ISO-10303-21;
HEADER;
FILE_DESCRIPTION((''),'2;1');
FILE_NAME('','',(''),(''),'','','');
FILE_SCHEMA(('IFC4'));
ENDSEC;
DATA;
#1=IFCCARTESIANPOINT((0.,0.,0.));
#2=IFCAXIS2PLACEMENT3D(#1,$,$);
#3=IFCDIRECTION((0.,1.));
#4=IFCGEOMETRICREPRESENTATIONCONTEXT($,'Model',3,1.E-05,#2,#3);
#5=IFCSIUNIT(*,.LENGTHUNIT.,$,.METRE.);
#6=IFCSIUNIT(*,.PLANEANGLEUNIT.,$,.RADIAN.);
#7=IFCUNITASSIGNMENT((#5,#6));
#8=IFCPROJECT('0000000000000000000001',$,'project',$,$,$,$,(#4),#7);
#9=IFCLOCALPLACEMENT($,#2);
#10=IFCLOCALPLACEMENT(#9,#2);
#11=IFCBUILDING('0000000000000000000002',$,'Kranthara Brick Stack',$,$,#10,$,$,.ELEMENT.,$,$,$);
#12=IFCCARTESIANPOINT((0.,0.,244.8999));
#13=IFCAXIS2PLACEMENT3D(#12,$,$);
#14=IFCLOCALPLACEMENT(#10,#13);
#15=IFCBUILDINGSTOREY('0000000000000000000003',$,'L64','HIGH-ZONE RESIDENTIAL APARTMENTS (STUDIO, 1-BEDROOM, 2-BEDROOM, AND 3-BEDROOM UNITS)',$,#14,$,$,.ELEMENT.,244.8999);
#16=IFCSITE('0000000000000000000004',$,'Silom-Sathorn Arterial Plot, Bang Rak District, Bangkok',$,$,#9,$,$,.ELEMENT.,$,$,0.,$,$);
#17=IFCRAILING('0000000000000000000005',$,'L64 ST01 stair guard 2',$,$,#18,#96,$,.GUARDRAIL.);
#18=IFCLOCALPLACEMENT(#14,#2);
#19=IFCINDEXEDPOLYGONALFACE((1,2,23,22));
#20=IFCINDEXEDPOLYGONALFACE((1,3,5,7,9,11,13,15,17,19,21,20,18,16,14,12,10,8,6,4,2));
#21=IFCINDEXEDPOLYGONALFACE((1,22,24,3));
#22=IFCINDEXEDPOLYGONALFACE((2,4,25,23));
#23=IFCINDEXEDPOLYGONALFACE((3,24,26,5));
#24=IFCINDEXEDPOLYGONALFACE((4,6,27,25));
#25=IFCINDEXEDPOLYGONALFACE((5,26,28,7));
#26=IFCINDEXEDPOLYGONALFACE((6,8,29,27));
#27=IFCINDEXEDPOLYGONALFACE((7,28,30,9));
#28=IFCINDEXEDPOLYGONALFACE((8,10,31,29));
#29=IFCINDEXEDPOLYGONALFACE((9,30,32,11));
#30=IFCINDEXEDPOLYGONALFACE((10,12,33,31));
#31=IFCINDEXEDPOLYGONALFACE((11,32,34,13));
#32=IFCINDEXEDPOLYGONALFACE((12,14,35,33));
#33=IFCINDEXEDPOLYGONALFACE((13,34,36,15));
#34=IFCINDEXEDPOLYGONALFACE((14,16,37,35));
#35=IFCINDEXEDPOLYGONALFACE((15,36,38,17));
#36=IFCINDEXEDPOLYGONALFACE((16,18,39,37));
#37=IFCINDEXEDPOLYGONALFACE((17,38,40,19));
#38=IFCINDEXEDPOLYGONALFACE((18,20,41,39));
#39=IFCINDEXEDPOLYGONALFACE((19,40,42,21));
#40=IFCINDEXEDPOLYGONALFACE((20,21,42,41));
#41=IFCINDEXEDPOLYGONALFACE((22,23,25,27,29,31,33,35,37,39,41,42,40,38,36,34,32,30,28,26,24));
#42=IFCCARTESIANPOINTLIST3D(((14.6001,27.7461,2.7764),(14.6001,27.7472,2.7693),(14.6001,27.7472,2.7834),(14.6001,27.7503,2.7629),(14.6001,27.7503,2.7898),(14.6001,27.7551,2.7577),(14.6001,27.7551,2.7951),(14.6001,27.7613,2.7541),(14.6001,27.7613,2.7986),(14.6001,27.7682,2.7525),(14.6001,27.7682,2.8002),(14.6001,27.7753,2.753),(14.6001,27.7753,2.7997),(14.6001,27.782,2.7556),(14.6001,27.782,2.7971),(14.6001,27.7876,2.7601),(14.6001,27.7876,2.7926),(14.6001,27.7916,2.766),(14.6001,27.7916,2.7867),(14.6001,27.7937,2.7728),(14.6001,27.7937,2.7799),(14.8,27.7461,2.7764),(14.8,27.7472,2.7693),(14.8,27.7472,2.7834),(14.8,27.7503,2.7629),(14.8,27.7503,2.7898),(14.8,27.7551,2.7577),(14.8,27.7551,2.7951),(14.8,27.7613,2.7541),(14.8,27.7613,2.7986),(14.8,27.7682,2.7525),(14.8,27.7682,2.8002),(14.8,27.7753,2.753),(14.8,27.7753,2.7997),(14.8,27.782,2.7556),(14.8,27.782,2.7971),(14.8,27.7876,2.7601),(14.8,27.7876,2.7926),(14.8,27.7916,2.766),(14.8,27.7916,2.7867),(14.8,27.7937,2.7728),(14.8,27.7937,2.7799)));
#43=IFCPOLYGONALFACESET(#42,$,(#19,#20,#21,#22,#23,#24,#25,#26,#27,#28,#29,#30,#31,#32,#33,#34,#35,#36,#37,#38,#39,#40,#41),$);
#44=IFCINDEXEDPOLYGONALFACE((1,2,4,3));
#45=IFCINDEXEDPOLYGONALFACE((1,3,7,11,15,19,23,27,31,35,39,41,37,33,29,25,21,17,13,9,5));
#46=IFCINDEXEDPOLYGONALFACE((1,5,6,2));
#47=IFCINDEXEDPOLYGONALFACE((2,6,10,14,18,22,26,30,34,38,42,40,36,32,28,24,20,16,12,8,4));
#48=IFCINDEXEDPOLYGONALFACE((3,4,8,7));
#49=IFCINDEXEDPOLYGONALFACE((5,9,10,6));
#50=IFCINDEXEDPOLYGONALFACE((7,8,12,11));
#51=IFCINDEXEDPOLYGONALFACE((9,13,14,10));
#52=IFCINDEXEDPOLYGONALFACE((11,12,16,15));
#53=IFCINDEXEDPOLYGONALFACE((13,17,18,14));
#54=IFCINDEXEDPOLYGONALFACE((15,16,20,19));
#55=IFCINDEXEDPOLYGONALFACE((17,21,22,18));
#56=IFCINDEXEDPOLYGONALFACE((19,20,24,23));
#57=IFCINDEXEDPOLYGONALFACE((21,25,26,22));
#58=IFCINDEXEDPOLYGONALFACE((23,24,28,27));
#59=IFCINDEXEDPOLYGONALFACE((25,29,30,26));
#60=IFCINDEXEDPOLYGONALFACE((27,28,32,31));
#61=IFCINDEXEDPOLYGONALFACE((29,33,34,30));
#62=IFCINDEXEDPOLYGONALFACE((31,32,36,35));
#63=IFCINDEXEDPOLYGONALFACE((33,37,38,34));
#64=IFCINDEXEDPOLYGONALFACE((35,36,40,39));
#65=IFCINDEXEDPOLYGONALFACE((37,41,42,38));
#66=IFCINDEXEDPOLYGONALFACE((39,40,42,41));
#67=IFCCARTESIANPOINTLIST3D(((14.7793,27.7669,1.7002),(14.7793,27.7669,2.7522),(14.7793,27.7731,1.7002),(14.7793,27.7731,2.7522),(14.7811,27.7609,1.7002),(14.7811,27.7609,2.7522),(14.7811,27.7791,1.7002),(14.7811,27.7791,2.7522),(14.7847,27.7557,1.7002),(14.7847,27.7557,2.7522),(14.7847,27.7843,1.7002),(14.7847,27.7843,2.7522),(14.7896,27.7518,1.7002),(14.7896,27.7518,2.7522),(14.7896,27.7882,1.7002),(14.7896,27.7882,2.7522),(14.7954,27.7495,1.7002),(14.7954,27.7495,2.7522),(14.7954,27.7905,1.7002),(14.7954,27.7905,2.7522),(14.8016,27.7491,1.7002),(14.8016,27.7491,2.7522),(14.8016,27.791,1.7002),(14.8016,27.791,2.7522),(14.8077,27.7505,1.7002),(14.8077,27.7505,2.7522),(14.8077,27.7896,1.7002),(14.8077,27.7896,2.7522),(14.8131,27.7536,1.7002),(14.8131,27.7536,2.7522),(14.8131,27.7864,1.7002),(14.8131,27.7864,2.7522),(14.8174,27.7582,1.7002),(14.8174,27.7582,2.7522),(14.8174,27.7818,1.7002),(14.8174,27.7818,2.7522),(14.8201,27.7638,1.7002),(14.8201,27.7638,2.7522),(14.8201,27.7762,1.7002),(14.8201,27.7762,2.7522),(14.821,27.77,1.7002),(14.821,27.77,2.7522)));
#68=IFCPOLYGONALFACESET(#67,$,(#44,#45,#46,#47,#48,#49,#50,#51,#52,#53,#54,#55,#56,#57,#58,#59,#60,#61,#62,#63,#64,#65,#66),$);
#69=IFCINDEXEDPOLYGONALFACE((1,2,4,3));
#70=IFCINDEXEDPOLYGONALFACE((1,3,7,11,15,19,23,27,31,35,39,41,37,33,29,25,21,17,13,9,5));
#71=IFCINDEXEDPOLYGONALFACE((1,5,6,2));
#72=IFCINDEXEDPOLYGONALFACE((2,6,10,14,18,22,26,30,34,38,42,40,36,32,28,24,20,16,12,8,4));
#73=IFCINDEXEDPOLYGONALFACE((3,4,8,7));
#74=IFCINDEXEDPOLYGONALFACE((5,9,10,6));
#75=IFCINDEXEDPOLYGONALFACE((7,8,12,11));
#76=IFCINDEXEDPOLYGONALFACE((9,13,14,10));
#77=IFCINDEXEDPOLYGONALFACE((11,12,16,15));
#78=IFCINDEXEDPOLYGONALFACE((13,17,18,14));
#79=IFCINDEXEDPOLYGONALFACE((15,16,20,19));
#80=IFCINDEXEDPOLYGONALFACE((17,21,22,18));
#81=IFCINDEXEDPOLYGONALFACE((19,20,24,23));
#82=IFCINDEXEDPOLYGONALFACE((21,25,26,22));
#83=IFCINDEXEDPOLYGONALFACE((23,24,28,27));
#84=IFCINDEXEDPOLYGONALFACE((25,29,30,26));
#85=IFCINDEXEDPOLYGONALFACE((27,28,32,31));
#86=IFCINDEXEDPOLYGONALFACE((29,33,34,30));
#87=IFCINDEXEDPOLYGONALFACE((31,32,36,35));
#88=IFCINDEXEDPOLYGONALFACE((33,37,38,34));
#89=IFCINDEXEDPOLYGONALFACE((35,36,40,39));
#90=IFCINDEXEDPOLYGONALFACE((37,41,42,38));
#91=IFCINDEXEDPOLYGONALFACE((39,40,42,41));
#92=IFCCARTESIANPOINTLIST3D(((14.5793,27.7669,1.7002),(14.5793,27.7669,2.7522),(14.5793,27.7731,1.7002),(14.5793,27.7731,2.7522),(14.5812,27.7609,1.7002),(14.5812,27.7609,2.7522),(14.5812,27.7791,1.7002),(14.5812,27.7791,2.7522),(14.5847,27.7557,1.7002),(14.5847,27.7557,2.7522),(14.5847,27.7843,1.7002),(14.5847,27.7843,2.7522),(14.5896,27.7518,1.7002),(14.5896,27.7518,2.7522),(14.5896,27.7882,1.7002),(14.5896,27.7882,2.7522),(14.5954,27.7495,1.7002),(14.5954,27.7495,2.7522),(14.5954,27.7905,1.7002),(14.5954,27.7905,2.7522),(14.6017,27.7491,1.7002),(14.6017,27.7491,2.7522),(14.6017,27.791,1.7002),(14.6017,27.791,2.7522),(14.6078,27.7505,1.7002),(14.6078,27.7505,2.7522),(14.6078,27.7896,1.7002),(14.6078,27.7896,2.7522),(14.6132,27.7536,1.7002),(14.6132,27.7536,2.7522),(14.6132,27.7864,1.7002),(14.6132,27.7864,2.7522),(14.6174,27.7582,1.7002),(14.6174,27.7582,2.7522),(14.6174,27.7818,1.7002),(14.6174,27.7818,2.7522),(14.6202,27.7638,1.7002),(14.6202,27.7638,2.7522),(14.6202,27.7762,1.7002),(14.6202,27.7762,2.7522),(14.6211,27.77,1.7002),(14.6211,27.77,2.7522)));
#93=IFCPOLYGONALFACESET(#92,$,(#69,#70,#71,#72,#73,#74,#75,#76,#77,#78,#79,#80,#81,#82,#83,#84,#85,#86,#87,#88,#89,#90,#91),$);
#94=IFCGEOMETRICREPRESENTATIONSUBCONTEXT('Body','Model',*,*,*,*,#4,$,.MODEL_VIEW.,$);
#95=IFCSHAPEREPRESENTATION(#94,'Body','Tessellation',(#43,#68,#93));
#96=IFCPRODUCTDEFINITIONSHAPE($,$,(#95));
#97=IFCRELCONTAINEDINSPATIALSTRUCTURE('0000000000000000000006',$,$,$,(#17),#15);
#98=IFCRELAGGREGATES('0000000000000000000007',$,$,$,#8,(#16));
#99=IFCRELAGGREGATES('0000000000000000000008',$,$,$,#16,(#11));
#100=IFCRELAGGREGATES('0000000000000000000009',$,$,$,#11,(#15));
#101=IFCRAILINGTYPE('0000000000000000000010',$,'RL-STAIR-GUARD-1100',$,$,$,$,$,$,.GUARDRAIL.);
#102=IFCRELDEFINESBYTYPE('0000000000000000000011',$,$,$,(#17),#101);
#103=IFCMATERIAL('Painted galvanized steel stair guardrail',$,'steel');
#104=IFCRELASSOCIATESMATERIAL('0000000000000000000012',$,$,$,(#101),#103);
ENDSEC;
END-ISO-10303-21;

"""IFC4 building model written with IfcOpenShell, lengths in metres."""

from ifc_helpers import new_model, si_unit, direction, frame, origin, origin_2d, place, context, subcontext, project, spatial, circle, extrude, material, type_object, element, save


model = new_model("IFC4")

# Units and contexts
model_context = context("Model", 3, precision=1e-05, world=origin(), true_north=direction((0.0, 1.0)))
body_context = subcontext(model_context, "Body", "Model", "MODEL_VIEW")
ifc_project = project(units=[si_unit("LENGTHUNIT", "METRE"), si_unit("PLANEANGLEUNIT", "RADIAN")], contexts=[model_context])

# Site, building, storey
site_placement = place(None, origin())
site = spatial("IfcSite", under=ifc_project, at=site_placement, Name="Silom-Sathorn Arterial Plot, Bang Rak District, Bangkok", CompositionType="ELEMENT", RefElevation=0.0)
building_placement = place(site_placement, origin())
building = spatial("IfcBuilding", under=site, at=building_placement, Name="Kranthara Brick Stack", CompositionType="ELEMENT")
storey_placement = place(building_placement, frame((0.0, 0.0, 244.8999)))
storey = spatial("IfcBuildingStorey", under=building, at=storey_placement, Name="L64", Description="HIGH-ZONE RESIDENTIAL APARTMENTS (STUDIO, 1-BEDROOM, 2-BEDROOM, AND 3-BEDROOM UNITS)", CompositionType="ELEMENT", Elevation=244.8999)

# Railing
ifc_material_1 = material(Name="Painted galvanized steel stair guardrail", Category="steel")
railing_type_1 = type_object("IfcRailingType", Name="RL-STAIR-GUARD-1100", PredefinedType="GUARDRAIL", material=ifc_material_1)
railing_1_placement = place(storey_placement, frame((14.8, 27.77, 1.7002)))
element("IfcRailing", 1, at=railing_1_placement, inside=storey, type_object=railing_type_1, Name="L64 ST01 stair guard 2", PredefinedType="GUARDRAIL", context=body_context, shape_type="SweptSolid", body=[
    extrude(circle(Radius=0.0239, at=origin_2d()), frame((0.0, 0.0, 1.0762), z_axis=(-1.0, 0.0, 0.0), x_axis=(0.0, -1.0, 0.0)), (0.0, 0.0, 1.0), 0.2),
    extrude(circle(Radius=0.021, at=origin_2d()), origin(), (0.0, 0.0, 1.0), 1.052),
    extrude(circle(Radius=0.021, at=origin_2d()), frame((-0.2, 0.0, 0.0)), (0.0, 0.0, 1.0), 1.052),
])

save(model, "model.ifc")
